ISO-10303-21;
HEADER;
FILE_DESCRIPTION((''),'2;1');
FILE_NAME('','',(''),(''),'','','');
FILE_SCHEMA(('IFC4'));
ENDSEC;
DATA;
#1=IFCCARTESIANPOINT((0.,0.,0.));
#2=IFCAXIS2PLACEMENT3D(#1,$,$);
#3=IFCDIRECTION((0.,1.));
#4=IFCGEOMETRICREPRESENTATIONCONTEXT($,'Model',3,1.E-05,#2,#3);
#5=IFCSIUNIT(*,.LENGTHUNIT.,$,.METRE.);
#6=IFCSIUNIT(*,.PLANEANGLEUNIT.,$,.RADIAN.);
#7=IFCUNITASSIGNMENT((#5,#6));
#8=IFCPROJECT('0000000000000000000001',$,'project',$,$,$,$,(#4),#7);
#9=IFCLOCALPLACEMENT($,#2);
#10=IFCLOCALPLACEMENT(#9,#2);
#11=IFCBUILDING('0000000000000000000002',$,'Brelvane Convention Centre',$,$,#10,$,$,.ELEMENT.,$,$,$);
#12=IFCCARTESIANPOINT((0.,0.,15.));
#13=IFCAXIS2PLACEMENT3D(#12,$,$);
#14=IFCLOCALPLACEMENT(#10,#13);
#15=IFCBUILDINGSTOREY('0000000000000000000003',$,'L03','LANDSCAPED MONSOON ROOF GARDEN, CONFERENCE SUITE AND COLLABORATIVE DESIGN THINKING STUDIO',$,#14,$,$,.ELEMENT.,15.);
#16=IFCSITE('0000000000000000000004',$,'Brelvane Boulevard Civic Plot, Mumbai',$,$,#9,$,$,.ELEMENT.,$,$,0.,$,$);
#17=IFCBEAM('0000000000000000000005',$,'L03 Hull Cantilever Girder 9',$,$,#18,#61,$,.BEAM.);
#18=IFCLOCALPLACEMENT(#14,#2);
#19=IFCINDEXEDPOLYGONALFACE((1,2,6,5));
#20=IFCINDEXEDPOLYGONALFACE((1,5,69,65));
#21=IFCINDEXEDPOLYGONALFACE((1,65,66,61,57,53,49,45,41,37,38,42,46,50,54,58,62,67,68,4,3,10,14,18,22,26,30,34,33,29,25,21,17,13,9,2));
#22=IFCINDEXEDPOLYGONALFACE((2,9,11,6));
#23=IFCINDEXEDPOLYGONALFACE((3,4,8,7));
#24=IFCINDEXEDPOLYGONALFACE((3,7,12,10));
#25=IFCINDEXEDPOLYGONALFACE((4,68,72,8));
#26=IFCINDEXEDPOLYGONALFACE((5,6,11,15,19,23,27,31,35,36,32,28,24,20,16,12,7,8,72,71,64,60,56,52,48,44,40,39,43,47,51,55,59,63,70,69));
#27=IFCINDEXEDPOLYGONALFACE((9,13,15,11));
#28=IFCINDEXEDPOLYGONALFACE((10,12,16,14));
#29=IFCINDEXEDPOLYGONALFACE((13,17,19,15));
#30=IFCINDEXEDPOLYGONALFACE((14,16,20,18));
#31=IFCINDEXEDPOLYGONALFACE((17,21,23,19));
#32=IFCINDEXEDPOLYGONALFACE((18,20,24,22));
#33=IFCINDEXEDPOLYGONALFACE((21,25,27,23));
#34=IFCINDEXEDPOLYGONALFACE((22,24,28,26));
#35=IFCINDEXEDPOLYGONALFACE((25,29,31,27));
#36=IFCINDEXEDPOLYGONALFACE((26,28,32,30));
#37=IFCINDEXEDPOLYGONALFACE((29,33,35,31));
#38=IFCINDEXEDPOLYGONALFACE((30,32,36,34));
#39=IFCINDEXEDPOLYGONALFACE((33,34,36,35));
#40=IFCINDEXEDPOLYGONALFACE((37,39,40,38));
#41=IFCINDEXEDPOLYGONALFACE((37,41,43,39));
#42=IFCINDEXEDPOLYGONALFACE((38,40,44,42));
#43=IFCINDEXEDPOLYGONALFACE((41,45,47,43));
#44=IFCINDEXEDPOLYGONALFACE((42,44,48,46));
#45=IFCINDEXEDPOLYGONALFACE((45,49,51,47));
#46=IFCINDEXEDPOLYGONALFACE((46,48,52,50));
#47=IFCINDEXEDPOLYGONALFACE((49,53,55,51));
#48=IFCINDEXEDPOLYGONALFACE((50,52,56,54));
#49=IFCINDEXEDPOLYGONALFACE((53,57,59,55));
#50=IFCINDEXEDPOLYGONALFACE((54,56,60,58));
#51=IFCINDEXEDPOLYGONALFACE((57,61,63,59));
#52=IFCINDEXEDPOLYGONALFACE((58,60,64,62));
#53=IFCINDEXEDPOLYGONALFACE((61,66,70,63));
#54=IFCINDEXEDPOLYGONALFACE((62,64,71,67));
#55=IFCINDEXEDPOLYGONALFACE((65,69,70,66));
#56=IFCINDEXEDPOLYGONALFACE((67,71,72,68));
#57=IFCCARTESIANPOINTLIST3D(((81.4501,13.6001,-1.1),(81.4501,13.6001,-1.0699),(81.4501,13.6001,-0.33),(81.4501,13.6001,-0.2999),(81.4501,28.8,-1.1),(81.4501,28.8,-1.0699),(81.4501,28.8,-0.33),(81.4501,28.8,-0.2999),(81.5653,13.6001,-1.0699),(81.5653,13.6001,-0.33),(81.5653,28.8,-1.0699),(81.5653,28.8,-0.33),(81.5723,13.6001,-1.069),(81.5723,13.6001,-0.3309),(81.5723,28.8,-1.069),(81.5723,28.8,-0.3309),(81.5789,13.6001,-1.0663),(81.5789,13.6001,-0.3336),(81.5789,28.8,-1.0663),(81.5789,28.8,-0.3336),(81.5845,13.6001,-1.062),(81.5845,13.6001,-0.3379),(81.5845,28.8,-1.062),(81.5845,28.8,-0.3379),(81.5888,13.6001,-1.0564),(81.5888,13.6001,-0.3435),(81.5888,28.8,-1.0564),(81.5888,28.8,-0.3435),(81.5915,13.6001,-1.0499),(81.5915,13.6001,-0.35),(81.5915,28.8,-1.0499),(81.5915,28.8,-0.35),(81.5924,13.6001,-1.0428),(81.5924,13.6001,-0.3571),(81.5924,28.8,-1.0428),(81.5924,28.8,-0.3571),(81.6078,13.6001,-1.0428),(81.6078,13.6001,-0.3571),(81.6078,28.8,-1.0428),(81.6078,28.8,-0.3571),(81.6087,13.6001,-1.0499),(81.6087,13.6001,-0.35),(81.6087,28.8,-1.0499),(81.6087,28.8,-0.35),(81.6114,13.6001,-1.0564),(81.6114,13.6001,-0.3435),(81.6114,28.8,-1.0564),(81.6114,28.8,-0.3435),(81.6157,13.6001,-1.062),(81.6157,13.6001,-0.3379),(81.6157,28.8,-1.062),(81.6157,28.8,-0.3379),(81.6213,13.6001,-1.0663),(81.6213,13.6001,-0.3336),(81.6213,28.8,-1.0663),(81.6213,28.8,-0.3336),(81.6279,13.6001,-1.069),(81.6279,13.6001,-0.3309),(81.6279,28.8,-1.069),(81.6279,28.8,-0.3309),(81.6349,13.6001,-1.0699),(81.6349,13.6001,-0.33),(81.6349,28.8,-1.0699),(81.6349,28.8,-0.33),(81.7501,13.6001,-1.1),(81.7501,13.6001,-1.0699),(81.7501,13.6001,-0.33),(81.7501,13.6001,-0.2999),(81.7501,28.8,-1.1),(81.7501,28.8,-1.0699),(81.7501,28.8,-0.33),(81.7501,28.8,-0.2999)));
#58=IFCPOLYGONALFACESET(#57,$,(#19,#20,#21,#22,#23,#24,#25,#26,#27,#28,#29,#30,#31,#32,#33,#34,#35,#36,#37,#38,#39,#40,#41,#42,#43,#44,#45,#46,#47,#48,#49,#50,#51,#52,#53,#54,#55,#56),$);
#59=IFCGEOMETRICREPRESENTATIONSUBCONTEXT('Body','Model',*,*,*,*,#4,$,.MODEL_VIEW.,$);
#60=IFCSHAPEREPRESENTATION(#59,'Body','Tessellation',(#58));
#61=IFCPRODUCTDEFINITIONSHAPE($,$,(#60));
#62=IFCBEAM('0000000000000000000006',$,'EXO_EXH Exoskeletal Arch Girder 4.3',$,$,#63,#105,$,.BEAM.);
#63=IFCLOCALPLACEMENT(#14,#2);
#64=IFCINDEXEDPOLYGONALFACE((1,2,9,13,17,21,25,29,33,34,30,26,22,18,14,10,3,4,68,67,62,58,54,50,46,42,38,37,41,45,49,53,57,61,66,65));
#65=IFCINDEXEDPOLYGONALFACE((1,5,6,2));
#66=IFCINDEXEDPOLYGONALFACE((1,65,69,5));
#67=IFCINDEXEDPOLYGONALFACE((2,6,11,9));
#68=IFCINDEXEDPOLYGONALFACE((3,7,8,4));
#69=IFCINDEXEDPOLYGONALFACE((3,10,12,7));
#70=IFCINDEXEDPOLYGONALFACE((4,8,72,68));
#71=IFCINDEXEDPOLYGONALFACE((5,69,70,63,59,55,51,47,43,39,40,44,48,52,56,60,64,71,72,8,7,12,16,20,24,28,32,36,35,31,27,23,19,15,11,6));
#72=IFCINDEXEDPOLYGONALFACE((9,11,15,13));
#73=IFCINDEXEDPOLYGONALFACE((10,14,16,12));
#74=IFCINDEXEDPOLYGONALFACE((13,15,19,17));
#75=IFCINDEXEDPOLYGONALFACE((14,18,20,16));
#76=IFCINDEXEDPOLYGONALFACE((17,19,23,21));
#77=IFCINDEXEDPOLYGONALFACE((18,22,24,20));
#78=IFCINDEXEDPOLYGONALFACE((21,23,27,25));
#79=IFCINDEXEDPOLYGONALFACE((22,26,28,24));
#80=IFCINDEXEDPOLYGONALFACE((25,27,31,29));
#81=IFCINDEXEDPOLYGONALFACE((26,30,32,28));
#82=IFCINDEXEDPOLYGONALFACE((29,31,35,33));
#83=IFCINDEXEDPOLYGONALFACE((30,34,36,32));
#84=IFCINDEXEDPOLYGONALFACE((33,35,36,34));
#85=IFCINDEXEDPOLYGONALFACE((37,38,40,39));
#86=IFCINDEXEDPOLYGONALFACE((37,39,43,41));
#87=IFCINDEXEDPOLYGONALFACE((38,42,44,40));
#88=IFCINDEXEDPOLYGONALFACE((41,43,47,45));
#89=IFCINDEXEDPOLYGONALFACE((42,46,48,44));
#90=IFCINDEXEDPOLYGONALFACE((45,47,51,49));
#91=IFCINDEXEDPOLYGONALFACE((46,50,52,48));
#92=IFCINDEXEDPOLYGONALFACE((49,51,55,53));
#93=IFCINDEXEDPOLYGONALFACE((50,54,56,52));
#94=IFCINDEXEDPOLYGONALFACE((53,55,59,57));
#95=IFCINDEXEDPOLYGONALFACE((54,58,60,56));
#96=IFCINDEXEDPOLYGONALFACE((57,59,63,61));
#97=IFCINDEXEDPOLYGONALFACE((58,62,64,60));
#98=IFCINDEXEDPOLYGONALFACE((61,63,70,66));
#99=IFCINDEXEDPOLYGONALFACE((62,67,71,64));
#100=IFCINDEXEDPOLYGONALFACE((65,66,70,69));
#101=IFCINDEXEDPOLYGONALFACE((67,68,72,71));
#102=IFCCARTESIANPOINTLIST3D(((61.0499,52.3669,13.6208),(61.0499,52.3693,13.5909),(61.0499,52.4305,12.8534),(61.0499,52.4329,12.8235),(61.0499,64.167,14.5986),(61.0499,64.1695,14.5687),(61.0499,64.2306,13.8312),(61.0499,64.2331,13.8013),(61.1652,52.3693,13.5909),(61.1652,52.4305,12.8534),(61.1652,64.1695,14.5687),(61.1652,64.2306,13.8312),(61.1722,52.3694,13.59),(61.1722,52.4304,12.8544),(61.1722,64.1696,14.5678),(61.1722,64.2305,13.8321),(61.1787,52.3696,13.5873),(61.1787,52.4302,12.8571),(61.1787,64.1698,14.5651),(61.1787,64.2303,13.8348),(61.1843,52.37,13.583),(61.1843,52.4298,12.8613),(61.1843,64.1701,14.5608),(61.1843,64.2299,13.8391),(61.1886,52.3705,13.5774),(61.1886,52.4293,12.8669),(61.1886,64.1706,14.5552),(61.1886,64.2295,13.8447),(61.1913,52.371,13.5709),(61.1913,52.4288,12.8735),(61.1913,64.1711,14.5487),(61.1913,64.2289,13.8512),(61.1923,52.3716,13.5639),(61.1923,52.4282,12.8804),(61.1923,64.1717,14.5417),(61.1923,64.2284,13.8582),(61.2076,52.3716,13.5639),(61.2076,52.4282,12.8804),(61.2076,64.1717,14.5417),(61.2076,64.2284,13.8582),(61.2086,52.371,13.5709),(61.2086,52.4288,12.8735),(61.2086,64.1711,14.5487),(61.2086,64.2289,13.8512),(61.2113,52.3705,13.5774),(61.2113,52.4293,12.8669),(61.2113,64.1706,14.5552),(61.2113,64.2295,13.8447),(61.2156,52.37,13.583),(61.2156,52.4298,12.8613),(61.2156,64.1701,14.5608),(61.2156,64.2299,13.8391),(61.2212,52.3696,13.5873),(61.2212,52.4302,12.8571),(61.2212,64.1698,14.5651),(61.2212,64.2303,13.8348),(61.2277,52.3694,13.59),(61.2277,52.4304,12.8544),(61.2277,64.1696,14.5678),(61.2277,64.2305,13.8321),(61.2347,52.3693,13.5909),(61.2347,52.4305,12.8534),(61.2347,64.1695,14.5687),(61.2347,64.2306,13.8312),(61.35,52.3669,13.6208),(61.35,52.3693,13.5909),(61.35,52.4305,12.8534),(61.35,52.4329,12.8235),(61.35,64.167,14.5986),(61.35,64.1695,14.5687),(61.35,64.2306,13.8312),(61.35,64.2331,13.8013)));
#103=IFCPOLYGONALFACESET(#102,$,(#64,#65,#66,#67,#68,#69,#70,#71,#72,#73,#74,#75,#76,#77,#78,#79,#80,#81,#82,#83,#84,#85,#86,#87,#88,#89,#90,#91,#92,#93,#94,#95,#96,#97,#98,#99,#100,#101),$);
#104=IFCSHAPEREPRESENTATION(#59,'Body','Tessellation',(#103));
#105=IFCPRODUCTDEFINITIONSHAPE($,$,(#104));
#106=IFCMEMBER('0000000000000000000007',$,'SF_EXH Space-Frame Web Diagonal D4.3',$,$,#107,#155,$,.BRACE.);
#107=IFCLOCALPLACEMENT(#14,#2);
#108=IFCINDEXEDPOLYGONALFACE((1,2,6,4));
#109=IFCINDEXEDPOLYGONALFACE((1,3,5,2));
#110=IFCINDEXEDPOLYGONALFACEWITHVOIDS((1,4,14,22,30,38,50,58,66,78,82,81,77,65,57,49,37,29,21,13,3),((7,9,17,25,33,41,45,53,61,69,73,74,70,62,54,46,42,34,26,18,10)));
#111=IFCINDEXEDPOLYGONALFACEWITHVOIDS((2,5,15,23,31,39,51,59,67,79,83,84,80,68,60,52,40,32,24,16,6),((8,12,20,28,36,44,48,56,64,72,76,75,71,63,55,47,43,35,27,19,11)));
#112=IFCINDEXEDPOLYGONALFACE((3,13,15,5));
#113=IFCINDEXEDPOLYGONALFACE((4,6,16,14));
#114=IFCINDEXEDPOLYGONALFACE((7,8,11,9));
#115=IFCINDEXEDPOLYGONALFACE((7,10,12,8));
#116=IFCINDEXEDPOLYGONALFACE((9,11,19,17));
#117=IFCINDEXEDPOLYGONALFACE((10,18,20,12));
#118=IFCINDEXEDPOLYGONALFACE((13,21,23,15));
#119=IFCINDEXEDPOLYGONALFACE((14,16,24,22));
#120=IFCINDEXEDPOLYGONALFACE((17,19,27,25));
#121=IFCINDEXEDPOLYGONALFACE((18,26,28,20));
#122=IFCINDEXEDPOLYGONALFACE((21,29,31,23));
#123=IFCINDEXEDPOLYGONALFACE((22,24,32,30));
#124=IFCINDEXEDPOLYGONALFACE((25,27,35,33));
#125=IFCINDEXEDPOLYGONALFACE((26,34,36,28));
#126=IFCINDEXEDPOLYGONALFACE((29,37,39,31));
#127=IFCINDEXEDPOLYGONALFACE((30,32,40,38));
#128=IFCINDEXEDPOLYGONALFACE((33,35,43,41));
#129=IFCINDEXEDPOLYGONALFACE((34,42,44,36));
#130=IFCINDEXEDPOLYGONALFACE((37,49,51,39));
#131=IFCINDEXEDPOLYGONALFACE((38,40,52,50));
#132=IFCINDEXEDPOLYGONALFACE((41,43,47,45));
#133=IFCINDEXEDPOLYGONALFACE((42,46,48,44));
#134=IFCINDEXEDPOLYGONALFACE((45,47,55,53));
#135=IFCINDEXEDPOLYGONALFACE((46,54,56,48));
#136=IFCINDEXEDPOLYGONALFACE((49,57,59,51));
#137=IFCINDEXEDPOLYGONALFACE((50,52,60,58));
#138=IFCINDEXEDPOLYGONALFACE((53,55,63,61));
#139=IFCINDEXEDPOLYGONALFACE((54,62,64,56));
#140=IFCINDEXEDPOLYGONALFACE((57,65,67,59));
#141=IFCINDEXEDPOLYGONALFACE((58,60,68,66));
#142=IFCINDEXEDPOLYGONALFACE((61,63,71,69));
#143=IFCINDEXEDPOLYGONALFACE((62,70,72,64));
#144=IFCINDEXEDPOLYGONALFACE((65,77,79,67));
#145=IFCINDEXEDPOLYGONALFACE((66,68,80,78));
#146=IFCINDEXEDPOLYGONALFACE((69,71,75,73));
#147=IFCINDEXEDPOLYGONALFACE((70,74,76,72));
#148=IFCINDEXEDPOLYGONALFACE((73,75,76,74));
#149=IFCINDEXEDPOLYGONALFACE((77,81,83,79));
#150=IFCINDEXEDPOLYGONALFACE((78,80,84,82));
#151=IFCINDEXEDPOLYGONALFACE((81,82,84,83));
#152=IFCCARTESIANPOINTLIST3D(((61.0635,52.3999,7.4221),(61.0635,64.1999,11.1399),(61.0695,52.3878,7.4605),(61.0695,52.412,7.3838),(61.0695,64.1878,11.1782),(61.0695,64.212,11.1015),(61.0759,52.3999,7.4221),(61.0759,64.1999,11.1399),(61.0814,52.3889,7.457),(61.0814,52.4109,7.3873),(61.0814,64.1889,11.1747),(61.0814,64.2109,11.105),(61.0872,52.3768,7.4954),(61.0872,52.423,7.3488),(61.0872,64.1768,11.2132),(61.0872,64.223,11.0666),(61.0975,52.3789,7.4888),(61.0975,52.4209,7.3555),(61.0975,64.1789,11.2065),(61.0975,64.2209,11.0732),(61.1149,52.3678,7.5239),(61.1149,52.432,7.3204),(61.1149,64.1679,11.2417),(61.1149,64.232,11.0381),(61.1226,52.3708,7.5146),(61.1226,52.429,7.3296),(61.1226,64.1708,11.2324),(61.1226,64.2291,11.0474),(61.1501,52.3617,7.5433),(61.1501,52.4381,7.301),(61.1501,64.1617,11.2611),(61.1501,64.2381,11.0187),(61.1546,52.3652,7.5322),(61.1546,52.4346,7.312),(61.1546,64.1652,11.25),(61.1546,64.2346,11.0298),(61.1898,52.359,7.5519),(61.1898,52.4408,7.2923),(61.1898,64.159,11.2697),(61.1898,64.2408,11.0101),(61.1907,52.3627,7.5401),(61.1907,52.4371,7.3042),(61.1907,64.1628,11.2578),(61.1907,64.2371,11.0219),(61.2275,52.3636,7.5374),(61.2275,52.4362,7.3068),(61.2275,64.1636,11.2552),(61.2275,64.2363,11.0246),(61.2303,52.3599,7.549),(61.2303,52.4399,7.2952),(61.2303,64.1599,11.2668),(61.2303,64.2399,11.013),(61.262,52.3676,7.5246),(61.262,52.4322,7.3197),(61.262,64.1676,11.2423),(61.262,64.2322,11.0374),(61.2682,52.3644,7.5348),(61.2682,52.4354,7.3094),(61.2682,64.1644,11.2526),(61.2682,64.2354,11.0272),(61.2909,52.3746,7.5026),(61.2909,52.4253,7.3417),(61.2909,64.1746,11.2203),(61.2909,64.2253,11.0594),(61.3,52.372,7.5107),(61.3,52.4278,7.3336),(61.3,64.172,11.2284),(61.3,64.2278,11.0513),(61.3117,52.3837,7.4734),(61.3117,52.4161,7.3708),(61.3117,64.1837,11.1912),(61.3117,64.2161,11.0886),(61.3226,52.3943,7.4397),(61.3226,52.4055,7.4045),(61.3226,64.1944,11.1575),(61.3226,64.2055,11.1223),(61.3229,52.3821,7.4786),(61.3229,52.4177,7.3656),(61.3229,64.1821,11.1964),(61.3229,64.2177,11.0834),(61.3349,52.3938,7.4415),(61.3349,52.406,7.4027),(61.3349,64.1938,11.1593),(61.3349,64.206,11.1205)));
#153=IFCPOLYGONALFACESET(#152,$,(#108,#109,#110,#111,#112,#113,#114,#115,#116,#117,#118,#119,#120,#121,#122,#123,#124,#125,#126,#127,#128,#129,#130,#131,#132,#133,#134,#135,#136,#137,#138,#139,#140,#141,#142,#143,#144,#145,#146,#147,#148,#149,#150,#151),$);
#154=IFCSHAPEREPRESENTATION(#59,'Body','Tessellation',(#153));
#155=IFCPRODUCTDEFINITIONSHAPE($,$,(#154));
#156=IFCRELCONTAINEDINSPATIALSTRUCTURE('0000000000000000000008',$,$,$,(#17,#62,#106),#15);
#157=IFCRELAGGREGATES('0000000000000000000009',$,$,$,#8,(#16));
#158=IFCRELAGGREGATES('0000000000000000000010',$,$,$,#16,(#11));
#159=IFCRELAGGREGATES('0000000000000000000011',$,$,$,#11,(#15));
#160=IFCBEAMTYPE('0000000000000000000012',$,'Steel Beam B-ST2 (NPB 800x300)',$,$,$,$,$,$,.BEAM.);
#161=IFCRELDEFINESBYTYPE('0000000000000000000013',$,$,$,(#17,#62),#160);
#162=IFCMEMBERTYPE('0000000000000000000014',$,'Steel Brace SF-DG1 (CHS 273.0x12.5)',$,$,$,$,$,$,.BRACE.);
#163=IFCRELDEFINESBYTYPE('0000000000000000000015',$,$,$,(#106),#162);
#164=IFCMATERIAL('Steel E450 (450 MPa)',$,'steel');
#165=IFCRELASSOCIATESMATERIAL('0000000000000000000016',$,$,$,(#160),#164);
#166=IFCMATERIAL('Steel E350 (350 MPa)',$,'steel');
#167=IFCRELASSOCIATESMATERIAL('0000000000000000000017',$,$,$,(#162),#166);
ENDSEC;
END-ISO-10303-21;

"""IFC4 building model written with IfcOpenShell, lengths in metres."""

from ifc_helpers import new_model, si_unit, direction, frame, origin, origin_2d, place, context, subcontext, project, spatial, hollow_circle, i_section, extrude, material, material_profile, profile_set, type_object, element, save


model = new_model("IFC4")

# Units and contexts
model_context = context("Model", 3, precision=1e-05, world=origin(), true_north=direction((0.0, 1.0)))
body_context = subcontext(model_context, "Body", "Model", "MODEL_VIEW")
ifc_project = project(units=[si_unit("LENGTHUNIT", "METRE"), si_unit("PLANEANGLEUNIT", "RADIAN")], contexts=[model_context])

# Site, building, storey
site_placement = place(None, origin())
site = spatial("IfcSite", under=ifc_project, at=site_placement, Name="Brelvane Boulevard Civic Plot, Mumbai", CompositionType="ELEMENT", RefElevation=0.0)
building_placement = place(site_placement, origin())
building = spatial("IfcBuilding", under=site, at=building_placement, Name="Brelvane Convention Centre", CompositionType="ELEMENT")
storey_placement = place(building_placement, frame((0.0, 0.0, 15.0)))
storey = spatial("IfcBuildingStorey", under=building, at=storey_placement, Name="L03", Description="LANDSCAPED MONSOON ROOF GARDEN, CONFERENCE SUITE AND COLLABORATIVE DESIGN THINKING STUDIO", CompositionType="ELEMENT", Elevation=15.0)

# Beams
ifc_material_1 = material(Name="Steel E450 (450 MPa)", Category="steel")
ifc_material_profile_1 = material_profile(ifc_material_1, i_section(OverallWidth=0.3, OverallDepth=0.8, WebThickness=0.0154, FlangeThickness=0.03, FilletRadius=0.0271, at=origin_2d()), Name="NPB 800x300")
ifc_profile_set_1 = profile_set([ifc_material_profile_1], Name="Steel E450 (450 MPa)")
beam_type_1 = type_object("IfcBeamType", Name="Steel Beam B-ST2 (NPB 800x300)", PredefinedType="BEAM", material=ifc_profile_set_1)
for number, where, z_axis, x_axis, name in (
    (1, (81.6001, 13.6001, -0.7), (0.0, 1.0, 0.0), (-1.0, 0.0, 0.0), "L03 Hull Cantilever Girder 9"),
):
    element("IfcBeam", number, at=place(storey_placement, frame(where, z_axis=z_axis, x_axis=x_axis)), inside=storey, type_object=beam_type_1, Name=name, PredefinedType="BEAM", context=body_context, shape_type="SweptSolid", body=[
        extrude(i_section(OverallWidth=0.3, OverallDepth=0.8, WebThickness=0.0154, FlangeThickness=0.03, FilletRadius=0.0271, at=origin_2d()), origin(), (0.0, 0.0, 1.0), 15.2),
    ])
beam_1_placement = place(storey_placement, frame((61.2, 52.3999, 13.2222), z_axis=(0.0, 0.996584, 0.08258), x_axis=(-1.0, 0.0, 0.0)))
element("IfcBeam", 2, at=beam_1_placement, inside=storey, type_object=beam_type_1, Name="EXO_EXH Exoskeletal Arch Girder 4.3", PredefinedType="BEAM", context=body_context, shape_type="SweptSolid", body=[
    extrude(i_section(OverallWidth=0.3, OverallDepth=0.8, WebThickness=0.0154, FlangeThickness=0.03, FilletRadius=0.0271, at=origin_2d()), origin(), (0.0, 0.0, 1.0), 11.8406),
])

# Member
ifc_material_2 = material(Name="Steel E350 (350 MPa)", Category="steel")
ifc_material_profile_2 = material_profile(ifc_material_2, hollow_circle(Radius=0.1365, WallThickness=0.0125, at=origin_2d()), Name="CHS 273.0x12.5")
ifc_profile_set_2 = profile_set([ifc_material_profile_2], Name="Steel E350 (350 MPa)")
member_type_1 = type_object("IfcMemberType", Name="Steel Brace SF-DG1 (CHS 273.0x12.5)", PredefinedType="BRACE", material=ifc_profile_set_2)
member_1_placement = place(storey_placement, frame((61.2, 52.3999, 7.4221), z_axis=(0.0, 0.953781, 0.300502), x_axis=(-1.0, 0.0, 0.0)))
element("IfcMember", 3, at=member_1_placement, inside=storey, type_object=member_type_1, Name="SF_EXH Space-Frame Web Diagonal D4.3", PredefinedType="BRACE", context=body_context, shape_type="SweptSolid", body=[
    extrude(hollow_circle(Radius=0.1365, WallThickness=0.0125, at=origin_2d()), origin(), (0.0, 0.0, 1.0), 12.3718),
])

save(model, "model.ifc")
